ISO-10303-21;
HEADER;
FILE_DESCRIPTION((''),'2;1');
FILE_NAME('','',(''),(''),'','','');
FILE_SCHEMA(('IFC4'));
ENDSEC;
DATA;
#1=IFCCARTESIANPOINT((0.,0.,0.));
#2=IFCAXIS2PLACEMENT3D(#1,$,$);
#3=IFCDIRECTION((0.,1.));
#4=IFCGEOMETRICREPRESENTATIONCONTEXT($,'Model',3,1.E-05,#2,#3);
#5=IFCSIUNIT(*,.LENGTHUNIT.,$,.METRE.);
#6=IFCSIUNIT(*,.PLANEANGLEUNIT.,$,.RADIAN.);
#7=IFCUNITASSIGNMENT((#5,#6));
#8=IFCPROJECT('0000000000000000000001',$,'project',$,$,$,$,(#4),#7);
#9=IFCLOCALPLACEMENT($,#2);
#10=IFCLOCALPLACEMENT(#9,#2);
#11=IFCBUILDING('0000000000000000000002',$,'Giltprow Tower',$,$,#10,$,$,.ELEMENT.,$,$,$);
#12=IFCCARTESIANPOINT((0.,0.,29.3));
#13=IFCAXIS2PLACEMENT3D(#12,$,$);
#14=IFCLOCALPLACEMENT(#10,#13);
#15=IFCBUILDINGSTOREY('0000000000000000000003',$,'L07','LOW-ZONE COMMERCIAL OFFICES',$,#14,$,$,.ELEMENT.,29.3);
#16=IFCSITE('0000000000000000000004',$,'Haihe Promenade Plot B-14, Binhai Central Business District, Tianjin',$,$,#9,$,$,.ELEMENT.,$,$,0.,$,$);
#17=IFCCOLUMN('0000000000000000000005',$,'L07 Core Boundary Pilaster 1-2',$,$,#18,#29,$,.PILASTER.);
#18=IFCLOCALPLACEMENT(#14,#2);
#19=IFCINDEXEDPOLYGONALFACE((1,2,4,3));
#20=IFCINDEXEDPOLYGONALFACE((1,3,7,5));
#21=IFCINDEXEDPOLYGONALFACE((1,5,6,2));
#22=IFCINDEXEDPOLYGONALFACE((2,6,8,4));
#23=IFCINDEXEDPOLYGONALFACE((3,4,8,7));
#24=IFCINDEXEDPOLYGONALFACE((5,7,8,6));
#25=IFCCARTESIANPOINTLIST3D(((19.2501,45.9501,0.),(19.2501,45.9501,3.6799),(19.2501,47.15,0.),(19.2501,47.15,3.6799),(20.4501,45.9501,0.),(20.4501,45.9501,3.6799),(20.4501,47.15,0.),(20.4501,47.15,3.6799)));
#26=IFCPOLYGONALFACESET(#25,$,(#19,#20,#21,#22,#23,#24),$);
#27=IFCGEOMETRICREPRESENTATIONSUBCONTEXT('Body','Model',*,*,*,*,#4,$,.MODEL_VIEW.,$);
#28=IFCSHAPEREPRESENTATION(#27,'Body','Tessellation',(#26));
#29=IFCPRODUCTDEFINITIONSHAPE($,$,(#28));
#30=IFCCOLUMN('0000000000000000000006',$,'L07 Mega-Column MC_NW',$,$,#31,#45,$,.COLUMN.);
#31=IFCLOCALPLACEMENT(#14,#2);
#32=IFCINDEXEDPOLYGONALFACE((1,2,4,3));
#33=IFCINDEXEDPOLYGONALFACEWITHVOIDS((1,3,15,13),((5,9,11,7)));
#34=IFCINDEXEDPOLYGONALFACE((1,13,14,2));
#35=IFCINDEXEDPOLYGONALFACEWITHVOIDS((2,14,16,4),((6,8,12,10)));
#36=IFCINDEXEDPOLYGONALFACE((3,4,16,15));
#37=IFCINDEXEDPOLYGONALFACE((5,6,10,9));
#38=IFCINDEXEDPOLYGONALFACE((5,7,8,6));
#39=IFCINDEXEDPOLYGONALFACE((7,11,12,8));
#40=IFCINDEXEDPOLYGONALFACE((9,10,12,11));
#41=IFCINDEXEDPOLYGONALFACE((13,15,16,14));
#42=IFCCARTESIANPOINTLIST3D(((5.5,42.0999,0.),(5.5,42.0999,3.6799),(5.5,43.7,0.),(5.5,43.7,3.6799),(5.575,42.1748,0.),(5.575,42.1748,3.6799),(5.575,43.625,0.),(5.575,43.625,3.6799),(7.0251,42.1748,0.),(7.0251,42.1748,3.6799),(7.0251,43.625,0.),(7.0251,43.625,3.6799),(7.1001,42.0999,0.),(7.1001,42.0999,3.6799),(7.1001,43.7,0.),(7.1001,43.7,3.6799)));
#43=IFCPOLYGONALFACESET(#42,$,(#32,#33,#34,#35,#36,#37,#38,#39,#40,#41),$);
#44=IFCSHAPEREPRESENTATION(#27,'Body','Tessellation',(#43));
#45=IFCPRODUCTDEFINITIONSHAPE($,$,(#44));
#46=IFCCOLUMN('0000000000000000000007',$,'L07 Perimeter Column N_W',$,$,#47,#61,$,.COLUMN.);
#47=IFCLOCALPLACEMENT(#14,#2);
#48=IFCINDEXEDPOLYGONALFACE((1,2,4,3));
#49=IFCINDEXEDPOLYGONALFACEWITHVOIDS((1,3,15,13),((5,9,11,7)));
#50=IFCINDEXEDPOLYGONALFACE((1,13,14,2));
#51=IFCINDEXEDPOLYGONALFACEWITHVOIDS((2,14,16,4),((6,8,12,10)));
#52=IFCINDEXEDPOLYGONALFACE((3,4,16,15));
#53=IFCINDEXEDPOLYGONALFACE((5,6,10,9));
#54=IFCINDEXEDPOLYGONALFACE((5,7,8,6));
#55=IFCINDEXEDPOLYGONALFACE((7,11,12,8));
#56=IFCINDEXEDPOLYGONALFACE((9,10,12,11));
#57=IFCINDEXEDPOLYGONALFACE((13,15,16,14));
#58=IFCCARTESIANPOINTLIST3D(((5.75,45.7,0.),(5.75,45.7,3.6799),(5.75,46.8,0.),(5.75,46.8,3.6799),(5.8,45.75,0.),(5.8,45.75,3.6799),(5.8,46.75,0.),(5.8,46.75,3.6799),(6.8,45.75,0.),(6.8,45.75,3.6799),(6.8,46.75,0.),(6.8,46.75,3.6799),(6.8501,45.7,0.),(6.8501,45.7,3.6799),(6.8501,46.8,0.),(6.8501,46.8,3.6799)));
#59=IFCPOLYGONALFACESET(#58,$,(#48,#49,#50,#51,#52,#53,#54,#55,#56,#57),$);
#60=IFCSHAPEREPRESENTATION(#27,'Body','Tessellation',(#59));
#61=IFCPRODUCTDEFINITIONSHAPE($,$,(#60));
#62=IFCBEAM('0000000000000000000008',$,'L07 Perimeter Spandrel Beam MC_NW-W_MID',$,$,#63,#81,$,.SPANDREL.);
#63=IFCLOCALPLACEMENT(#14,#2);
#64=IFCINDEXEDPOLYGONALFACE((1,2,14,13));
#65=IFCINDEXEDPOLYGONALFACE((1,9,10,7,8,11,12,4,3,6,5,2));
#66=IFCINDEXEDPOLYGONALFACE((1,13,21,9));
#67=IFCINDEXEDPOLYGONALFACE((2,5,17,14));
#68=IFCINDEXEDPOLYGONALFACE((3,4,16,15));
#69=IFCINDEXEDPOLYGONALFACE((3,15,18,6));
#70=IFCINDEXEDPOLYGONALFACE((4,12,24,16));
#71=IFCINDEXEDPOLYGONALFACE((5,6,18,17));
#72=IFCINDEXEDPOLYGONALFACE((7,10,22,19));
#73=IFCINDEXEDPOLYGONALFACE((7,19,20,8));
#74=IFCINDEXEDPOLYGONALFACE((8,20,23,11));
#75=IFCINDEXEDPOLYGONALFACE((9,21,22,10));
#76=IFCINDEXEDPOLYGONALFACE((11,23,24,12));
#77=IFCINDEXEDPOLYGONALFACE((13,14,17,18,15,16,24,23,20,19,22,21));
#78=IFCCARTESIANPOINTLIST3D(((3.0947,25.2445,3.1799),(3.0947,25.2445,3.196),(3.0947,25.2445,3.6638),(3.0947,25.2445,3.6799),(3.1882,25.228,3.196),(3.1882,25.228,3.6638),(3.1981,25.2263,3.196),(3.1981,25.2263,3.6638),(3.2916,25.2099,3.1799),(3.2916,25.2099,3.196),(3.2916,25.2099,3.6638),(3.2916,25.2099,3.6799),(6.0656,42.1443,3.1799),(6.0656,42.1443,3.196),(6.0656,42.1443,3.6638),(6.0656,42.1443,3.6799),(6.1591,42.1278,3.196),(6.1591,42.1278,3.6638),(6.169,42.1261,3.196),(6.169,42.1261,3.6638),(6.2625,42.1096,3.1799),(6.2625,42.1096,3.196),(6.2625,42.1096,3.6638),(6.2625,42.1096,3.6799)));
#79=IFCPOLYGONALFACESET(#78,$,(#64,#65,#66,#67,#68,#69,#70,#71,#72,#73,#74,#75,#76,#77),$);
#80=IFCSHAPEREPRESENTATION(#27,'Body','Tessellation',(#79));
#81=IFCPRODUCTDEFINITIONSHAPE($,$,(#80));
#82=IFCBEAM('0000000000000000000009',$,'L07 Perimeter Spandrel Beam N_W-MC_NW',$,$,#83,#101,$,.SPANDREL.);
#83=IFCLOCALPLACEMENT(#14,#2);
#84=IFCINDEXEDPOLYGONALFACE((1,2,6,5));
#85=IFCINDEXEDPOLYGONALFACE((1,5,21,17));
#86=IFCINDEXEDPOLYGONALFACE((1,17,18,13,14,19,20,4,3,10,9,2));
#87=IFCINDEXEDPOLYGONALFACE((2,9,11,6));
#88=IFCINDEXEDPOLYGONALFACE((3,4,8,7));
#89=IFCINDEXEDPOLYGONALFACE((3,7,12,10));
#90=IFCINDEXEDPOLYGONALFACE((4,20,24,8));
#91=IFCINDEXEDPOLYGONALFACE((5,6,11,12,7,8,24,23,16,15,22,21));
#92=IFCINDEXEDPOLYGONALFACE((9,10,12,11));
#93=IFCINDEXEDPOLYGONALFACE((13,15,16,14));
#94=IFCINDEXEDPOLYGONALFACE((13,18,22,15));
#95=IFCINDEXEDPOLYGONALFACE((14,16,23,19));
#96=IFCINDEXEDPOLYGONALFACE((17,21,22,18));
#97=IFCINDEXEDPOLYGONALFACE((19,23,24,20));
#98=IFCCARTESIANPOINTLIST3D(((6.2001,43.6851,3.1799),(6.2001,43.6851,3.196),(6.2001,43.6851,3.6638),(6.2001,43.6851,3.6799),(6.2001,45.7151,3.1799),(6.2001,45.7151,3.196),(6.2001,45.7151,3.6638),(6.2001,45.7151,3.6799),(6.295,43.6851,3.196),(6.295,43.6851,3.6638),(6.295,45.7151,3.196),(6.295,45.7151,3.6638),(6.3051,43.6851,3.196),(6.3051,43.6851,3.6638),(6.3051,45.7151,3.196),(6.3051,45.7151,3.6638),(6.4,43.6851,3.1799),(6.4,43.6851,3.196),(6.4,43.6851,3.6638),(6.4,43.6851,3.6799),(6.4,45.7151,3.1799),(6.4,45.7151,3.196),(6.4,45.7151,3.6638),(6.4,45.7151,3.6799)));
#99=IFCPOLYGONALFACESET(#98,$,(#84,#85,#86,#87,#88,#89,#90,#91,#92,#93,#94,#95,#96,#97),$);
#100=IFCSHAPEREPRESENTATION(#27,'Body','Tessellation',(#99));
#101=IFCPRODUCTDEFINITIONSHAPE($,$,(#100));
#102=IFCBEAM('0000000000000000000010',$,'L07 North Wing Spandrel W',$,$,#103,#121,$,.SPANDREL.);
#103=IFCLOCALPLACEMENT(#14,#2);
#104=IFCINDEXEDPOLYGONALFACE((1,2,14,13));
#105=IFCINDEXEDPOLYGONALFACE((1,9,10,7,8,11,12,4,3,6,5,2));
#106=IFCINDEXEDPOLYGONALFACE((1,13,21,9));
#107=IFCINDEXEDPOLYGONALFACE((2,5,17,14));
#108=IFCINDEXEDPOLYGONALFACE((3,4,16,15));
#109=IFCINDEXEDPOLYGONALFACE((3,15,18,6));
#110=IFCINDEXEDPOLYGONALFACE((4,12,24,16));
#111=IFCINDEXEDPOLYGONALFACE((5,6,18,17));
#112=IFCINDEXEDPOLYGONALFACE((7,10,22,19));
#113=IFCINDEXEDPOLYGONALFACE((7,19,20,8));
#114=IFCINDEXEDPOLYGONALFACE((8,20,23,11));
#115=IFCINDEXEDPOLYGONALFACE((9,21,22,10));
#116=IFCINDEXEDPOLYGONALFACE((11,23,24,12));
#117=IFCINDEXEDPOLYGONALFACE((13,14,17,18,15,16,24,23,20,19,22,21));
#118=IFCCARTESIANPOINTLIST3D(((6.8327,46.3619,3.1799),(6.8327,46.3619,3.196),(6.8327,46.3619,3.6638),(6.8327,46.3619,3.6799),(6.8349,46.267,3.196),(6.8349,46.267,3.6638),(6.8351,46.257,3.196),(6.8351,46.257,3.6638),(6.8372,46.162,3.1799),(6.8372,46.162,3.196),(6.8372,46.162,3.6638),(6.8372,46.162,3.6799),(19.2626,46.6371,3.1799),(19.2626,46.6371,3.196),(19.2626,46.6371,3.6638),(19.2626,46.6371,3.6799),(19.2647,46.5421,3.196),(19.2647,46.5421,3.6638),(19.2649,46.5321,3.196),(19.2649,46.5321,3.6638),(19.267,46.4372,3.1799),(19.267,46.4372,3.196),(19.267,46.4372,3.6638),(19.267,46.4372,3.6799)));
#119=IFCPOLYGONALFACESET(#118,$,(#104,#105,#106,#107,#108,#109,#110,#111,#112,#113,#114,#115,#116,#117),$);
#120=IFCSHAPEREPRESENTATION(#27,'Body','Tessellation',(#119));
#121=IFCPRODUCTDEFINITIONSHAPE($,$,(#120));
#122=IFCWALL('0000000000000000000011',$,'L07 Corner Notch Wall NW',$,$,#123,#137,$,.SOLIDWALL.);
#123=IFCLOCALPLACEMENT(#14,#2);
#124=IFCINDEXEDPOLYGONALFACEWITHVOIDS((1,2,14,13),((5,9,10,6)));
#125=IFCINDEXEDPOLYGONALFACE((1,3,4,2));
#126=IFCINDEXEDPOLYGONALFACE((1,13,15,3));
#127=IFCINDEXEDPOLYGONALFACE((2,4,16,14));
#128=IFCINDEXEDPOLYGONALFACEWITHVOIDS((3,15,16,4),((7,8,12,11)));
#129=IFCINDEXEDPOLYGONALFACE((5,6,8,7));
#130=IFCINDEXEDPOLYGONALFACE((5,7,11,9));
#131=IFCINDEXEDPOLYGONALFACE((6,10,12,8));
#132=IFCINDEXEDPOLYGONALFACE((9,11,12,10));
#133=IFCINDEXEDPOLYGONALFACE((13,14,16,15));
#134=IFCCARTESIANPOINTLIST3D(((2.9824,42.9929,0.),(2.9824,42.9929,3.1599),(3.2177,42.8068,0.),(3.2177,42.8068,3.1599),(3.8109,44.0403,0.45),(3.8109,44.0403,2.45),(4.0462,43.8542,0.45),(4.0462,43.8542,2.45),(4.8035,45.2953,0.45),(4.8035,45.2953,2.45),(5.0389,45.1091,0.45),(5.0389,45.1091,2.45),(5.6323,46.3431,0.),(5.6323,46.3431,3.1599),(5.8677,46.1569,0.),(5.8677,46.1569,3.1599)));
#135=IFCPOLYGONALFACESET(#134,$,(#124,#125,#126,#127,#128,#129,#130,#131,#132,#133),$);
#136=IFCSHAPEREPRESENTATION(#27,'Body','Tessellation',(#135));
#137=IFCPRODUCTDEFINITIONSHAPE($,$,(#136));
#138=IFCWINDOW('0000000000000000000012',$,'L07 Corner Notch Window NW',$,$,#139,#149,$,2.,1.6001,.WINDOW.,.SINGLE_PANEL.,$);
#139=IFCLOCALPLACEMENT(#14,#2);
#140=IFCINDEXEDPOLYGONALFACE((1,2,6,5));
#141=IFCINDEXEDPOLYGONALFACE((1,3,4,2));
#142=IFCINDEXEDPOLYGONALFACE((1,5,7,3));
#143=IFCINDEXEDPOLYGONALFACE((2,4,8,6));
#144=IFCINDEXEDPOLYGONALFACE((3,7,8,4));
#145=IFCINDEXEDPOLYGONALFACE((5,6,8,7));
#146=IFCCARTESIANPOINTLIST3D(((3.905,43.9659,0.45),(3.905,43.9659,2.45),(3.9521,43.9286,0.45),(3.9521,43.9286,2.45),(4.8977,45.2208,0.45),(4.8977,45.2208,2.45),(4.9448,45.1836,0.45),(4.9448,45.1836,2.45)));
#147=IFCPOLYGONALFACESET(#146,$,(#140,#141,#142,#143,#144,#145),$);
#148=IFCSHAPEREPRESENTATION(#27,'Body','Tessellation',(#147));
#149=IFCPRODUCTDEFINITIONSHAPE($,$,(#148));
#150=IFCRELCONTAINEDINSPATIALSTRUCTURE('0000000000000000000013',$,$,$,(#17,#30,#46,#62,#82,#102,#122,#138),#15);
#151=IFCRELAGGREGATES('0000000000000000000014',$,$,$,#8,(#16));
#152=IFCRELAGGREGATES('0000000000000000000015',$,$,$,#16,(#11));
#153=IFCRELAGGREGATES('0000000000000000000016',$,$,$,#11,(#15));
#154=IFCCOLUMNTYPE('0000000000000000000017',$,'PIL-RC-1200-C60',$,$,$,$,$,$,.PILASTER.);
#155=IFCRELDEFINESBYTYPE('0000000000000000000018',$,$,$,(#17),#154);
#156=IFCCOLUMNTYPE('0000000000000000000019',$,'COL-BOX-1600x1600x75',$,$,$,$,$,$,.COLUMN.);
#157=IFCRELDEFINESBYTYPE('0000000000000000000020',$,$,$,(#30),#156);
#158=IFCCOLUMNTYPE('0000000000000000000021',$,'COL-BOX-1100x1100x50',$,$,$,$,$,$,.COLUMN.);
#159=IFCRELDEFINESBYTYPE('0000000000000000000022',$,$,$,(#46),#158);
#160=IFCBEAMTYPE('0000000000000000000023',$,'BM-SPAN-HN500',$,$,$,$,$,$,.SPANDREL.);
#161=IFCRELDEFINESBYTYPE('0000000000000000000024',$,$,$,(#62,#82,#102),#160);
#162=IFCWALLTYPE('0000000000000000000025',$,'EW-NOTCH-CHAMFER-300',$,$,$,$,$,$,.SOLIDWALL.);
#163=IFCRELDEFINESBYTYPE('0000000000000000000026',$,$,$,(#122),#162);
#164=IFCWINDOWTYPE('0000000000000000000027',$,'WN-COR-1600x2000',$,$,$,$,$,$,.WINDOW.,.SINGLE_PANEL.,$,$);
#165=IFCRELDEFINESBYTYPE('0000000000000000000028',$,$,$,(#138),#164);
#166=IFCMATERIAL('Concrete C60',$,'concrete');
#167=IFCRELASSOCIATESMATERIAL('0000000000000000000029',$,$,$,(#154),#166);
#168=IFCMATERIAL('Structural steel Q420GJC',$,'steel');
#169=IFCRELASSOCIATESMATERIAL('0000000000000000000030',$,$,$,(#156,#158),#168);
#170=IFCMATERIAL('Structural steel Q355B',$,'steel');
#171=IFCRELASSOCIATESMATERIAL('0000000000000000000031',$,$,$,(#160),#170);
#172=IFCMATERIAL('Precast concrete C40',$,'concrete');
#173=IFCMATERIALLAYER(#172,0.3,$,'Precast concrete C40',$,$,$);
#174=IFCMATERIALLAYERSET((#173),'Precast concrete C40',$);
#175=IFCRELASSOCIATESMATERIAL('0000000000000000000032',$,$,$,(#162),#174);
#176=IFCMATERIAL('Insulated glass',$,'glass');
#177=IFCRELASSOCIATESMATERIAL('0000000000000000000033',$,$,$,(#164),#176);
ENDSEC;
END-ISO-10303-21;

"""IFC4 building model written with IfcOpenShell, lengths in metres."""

from ifc_helpers import new_model, si_unit, direction, frame, frame_2d, origin, origin_2d, place, context, subcontext, project, spatial, rectangle, hollow_rectangle, i_section, extrude, source, transform, mapped, material, layer, layer_set, material_profile, profile_set, type_object, element, fill, save


model = new_model("IFC4")

# Units and contexts
model_context = context("Model", 3, precision=1e-05, world=origin(), true_north=direction((0.0, 1.0)))
body_context = subcontext(model_context, "Body", "Model", "MODEL_VIEW")
ifc_project = project(units=[si_unit("LENGTHUNIT", "METRE"), si_unit("PLANEANGLEUNIT", "RADIAN")], contexts=[model_context])

# Site, building, storey
site_placement = place(None, origin())
site = spatial("IfcSite", under=ifc_project, at=site_placement, Name="Haihe Promenade Plot B-14, Binhai Central Business District, Tianjin", CompositionType="ELEMENT", RefElevation=0.0)
building_placement = place(site_placement, origin())
building = spatial("IfcBuilding", under=site, at=building_placement, Name="Giltprow Tower", CompositionType="ELEMENT")
storey_placement = place(building_placement, frame((0.0, 0.0, 29.3)))
storey = spatial("IfcBuildingStorey", under=building, at=storey_placement, Name="L07", Description="LOW-ZONE COMMERCIAL OFFICES", CompositionType="ELEMENT", Elevation=29.3)

# Columns
ifc_material_1 = material(Name="Concrete C60", Category="concrete")
ifc_material_profile_1 = material_profile(ifc_material_1, rectangle(XDim=1.2, YDim=1.2, at=origin_2d()), Name="RC 1200x1200")
ifc_profile_set_1 = profile_set([ifc_material_profile_1], Name="Concrete C60")
column_type_1 = type_object("IfcColumnType", Name="PIL-RC-1200-C60", PredefinedType="PILASTER", material=ifc_profile_set_1)
shared_shape_1 = source(origin(), body_context, "Body", "SweptSolid", [
    extrude(rectangle(XDim=1.2, YDim=1.2, at=origin_2d()), origin(), (0.0, 0.0, 1.0), 3.6799),
])
column_1_placement = place(storey_placement, frame((19.8501, 46.55, 0.0), z_axis=(0.0, 0.0, 1.0), x_axis=(1.0, 0.0, 0.0)))
element("IfcColumn", 1, at=column_1_placement, inside=storey, type_object=column_type_1, Name="L07 Core Boundary Pilaster 1-2", PredefinedType="PILASTER", context=body_context, shape_type="MappedRepresentation", body=[
    mapped(shared_shape_1, transform((0.0, 0.0, 0.0), x_axis=(1.0, 0.0, 0.0), y_axis=(0.0, 1.0, 0.0), z_axis=(0.0, 0.0, 1.0), scale=1.0)),
])
ifc_material_2 = material(Name="Structural steel Q420GJC", Category="steel")
ifc_material_profile_2 = material_profile(ifc_material_2, hollow_rectangle(XDim=1.6001, YDim=1.6001, WallThickness=0.075, at=origin_2d()), Name="BOX 1600x1600x75")
ifc_profile_set_2 = profile_set([ifc_material_profile_2], Name="Structural steel Q420GJC")
column_type_2 = type_object("IfcColumnType", Name="COL-BOX-1600x1600x75", PredefinedType="COLUMN", material=ifc_profile_set_2)
shared_shape_2 = source(origin(), body_context, "Body", "SweptSolid", [
    extrude(hollow_rectangle(XDim=1.6001, YDim=1.6001, WallThickness=0.075, at=origin_2d()), origin(), (0.0, 0.0, 1.0), 3.6799),
])
column_2_placement = place(storey_placement, frame((6.3, 42.8999, 0.0), z_axis=(0.0, 0.0, 1.0), x_axis=(1.0, 0.0, 0.0)))
element("IfcColumn", 2, at=column_2_placement, inside=storey, type_object=column_type_2, Name="L07 Mega-Column MC_NW", PredefinedType="COLUMN", context=body_context, shape_type="MappedRepresentation", body=[
    mapped(shared_shape_2, transform((0.0, 0.0, 0.0), x_axis=(1.0, 0.0, 0.0), y_axis=(0.0, 1.0, 0.0), z_axis=(0.0, 0.0, 1.0), scale=1.0)),
])
ifc_material_profile_3 = material_profile(ifc_material_2, hollow_rectangle(XDim=1.1001, YDim=1.1001, WallThickness=0.05, at=origin_2d()), Name="BOX 1100x1100x50")
ifc_profile_set_3 = profile_set([ifc_material_profile_3], Name="Structural steel Q420GJC")
column_type_3 = type_object("IfcColumnType", Name="COL-BOX-1100x1100x50", PredefinedType="COLUMN", material=ifc_profile_set_3)
shared_shape_3 = source(origin(), body_context, "Body", "SweptSolid", [
    extrude(hollow_rectangle(XDim=1.1001, YDim=1.1001, WallThickness=0.05, at=origin_2d()), origin(), (0.0, 0.0, 1.0), 3.6799),
])
column_3_placement = place(storey_placement, frame((6.3, 46.25, 0.0), z_axis=(0.0, 0.0, 1.0), x_axis=(1.0, 0.0, 0.0)))
element("IfcColumn", 3, at=column_3_placement, inside=storey, type_object=column_type_3, Name="L07 Perimeter Column N_W", PredefinedType="COLUMN", context=body_context, shape_type="MappedRepresentation", body=[
    mapped(shared_shape_3, transform((0.0, 0.0, 0.0), x_axis=(1.0, 0.0, 0.0), y_axis=(0.0, 1.0, 0.0), z_axis=(0.0, 0.0, 1.0), scale=1.0)),
])

# Beams
ifc_material_3 = material(Name="Structural steel Q355B", Category="steel")
ifc_material_profile_4 = material_profile(ifc_material_3, i_section(OverallWidth=0.2, OverallDepth=0.5, WebThickness=0.01, FlangeThickness=0.0161, at=origin_2d()), Name="HN 500x200x10x16")
ifc_profile_set_4 = profile_set([ifc_material_profile_4], Name="Structural steel Q355B")
beam_type = type_object("IfcBeamType", Name="BM-SPAN-HN500", PredefinedType="SPANDREL", material=ifc_profile_set_4)
shared_shape_4 = source(origin(), body_context, "Body", "SweptSolid", [
    extrude(i_section(OverallWidth=0.2, OverallDepth=0.5, WebThickness=0.01, FlangeThickness=0.0161, at=origin_2d()), origin(), (0.0, 0.0, 1.0), 17.1589),
])
beam_1_placement = place(storey_placement, frame((6.1641, 42.127, 3.4299), z_axis=(-0.173142, -0.984897, 0.0), x_axis=(0.984897, -0.173142, 0.0)))
element("IfcBeam", 4, at=beam_1_placement, inside=storey, type_object=beam_type, Name="L07 Perimeter Spandrel Beam MC_NW-W_MID", PredefinedType="SPANDREL", context=body_context, shape_type="MappedRepresentation", body=[
    mapped(shared_shape_4, transform((0.0, 0.0, 0.0), x_axis=(1.0, 0.0, 0.0), y_axis=(0.0, 1.0, 0.0), z_axis=(0.0, 0.0, 1.0), scale=1.0)),
])
shared_shape_5 = source(origin(), body_context, "Body", "SweptSolid", [
    extrude(i_section(OverallWidth=0.2, OverallDepth=0.5, WebThickness=0.01, FlangeThickness=0.0161, at=origin_2d()), origin(), (0.0, 0.0, 1.0), 2.03),
])
beam_2_placement = place(storey_placement, frame((6.3, 45.7151, 3.4299), z_axis=(0.0, -1.0, 0.0), x_axis=(1.0, 0.0, 0.0)))
element("IfcBeam", 5, at=beam_2_placement, inside=storey, type_object=beam_type, Name="L07 Perimeter Spandrel Beam N_W-MC_NW", PredefinedType="SPANDREL", context=body_context, shape_type="MappedRepresentation", body=[
    mapped(shared_shape_5, transform((0.0, 0.0, 0.0), x_axis=(1.0, 0.0, 0.0), y_axis=(0.0, 1.0, 0.0), z_axis=(0.0, 0.0, 1.0), scale=1.0)),
])
shared_shape_6 = source(origin(), body_context, "Body", "SweptSolid", [
    extrude(i_section(OverallWidth=0.2, OverallDepth=0.5, WebThickness=0.01, FlangeThickness=0.0161, at=origin_2d()), origin(), (0.0, 0.0, 1.0), 12.4329),
])
beam_3_placement = place(storey_placement, frame((6.835, 46.262, 3.4299), z_axis=(0.999755, 0.02213, 0.0), x_axis=(-0.02213, 0.999755, 0.0)))
element("IfcBeam", 6, at=beam_3_placement, inside=storey, type_object=beam_type, Name="L07 North Wing Spandrel W", PredefinedType="SPANDREL", context=body_context, shape_type="MappedRepresentation", body=[
    mapped(shared_shape_6, transform((0.0, 0.0, 0.0), x_axis=(1.0, 0.0, 0.0), y_axis=(0.0, 1.0, 0.0), z_axis=(0.0, 0.0, 1.0), scale=1.0)),
])

# Wall, opening, window
ifc_material_4 = material(Name="Precast concrete C40", Category="concrete")
ifc_layer_1 = layer(ifc_material_4, 0.3, Name="Precast concrete C40")
ifc_layer_set_1 = layer_set([ifc_layer_1], Name="Precast concrete C40")
wall_type_1 = type_object("IfcWallType", Name="EW-NOTCH-CHAMFER-300", PredefinedType="SOLIDWALL", material=ifc_layer_set_1)
wall_1_placement = place(storey_placement, frame((5.75, 46.25, 0.0), z_axis=(0.0, 0.0, 1.0), x_axis=(-0.620378, -0.784303, 0.0)))
wall_1 = element("IfcWall", 7, at=wall_1_placement, inside=storey, type_object=wall_type_1, Name="L07 Corner Notch Wall NW", PredefinedType="SOLIDWALL", context=body_context, shape_type="SweptSolid", body=[
    extrude(rectangle(XDim=4.2715, YDim=0.3, at=frame_2d((2.1357, 0.0))), origin(), (0.0, 0.0, 1.0), 3.1599),
])
opening_1_placement = place(wall_1_placement, frame((1.3359, 0.0, 0.45)))
opening_1 = element("IfcOpeningElement", 8, at=opening_1_placement, cuts=wall_1, PredefinedType="OPENING", context=body_context, shape_type="SweptSolid", body=[
    extrude(rectangle(XDim=1.6001, YDim=2.0, at=frame_2d((0.8, 1.0))), frame((0.0, 0.1599, 0.0), z_axis=(0.0, -1.0, 0.0), x_axis=(1.0, 0.0, 0.0)), (0.0, 0.0, 1.0), 0.3201),
])
ifc_material_5 = material(Name="Insulated glass", Category="glass")
window_type = type_object("IfcWindowType", Name="WN-COR-1600x2000", PartitioningType="SINGLE_PANEL", PredefinedType="WINDOW", material=ifc_material_5)
shared_shape_7 = source(origin(), body_context, "Body", "SweptSolid", [
    extrude(rectangle(XDim=1.6001, YDim=2.0, at=frame_2d((0.8, 1.0))), frame((0.0, 0.03, 0.0), z_axis=(0.0, -1.0, 0.0), x_axis=(1.0, 0.0, 0.0)), (0.0, 0.0, 1.0), 0.0601),
])
window_1_placement = place(opening_1_placement, origin())
window_1 = element("IfcWindow", 9, at=window_1_placement, inside=storey, type_object=window_type, Name="L07 Corner Notch Window NW", OverallHeight=2.0, OverallWidth=1.6001, PartitioningType="SINGLE_PANEL", PredefinedType="WINDOW", context=body_context, shape_type="MappedRepresentation", body=[
    mapped(shared_shape_7, transform((0.0, 0.0, 0.0), x_axis=(1.0, 0.0, 0.0), y_axis=(0.0, 1.0, 0.0), z_axis=(0.0, 0.0, 1.0), scale=1.0)),
])
fill(opening_1, window_1)

save(model, "model.ifc")
